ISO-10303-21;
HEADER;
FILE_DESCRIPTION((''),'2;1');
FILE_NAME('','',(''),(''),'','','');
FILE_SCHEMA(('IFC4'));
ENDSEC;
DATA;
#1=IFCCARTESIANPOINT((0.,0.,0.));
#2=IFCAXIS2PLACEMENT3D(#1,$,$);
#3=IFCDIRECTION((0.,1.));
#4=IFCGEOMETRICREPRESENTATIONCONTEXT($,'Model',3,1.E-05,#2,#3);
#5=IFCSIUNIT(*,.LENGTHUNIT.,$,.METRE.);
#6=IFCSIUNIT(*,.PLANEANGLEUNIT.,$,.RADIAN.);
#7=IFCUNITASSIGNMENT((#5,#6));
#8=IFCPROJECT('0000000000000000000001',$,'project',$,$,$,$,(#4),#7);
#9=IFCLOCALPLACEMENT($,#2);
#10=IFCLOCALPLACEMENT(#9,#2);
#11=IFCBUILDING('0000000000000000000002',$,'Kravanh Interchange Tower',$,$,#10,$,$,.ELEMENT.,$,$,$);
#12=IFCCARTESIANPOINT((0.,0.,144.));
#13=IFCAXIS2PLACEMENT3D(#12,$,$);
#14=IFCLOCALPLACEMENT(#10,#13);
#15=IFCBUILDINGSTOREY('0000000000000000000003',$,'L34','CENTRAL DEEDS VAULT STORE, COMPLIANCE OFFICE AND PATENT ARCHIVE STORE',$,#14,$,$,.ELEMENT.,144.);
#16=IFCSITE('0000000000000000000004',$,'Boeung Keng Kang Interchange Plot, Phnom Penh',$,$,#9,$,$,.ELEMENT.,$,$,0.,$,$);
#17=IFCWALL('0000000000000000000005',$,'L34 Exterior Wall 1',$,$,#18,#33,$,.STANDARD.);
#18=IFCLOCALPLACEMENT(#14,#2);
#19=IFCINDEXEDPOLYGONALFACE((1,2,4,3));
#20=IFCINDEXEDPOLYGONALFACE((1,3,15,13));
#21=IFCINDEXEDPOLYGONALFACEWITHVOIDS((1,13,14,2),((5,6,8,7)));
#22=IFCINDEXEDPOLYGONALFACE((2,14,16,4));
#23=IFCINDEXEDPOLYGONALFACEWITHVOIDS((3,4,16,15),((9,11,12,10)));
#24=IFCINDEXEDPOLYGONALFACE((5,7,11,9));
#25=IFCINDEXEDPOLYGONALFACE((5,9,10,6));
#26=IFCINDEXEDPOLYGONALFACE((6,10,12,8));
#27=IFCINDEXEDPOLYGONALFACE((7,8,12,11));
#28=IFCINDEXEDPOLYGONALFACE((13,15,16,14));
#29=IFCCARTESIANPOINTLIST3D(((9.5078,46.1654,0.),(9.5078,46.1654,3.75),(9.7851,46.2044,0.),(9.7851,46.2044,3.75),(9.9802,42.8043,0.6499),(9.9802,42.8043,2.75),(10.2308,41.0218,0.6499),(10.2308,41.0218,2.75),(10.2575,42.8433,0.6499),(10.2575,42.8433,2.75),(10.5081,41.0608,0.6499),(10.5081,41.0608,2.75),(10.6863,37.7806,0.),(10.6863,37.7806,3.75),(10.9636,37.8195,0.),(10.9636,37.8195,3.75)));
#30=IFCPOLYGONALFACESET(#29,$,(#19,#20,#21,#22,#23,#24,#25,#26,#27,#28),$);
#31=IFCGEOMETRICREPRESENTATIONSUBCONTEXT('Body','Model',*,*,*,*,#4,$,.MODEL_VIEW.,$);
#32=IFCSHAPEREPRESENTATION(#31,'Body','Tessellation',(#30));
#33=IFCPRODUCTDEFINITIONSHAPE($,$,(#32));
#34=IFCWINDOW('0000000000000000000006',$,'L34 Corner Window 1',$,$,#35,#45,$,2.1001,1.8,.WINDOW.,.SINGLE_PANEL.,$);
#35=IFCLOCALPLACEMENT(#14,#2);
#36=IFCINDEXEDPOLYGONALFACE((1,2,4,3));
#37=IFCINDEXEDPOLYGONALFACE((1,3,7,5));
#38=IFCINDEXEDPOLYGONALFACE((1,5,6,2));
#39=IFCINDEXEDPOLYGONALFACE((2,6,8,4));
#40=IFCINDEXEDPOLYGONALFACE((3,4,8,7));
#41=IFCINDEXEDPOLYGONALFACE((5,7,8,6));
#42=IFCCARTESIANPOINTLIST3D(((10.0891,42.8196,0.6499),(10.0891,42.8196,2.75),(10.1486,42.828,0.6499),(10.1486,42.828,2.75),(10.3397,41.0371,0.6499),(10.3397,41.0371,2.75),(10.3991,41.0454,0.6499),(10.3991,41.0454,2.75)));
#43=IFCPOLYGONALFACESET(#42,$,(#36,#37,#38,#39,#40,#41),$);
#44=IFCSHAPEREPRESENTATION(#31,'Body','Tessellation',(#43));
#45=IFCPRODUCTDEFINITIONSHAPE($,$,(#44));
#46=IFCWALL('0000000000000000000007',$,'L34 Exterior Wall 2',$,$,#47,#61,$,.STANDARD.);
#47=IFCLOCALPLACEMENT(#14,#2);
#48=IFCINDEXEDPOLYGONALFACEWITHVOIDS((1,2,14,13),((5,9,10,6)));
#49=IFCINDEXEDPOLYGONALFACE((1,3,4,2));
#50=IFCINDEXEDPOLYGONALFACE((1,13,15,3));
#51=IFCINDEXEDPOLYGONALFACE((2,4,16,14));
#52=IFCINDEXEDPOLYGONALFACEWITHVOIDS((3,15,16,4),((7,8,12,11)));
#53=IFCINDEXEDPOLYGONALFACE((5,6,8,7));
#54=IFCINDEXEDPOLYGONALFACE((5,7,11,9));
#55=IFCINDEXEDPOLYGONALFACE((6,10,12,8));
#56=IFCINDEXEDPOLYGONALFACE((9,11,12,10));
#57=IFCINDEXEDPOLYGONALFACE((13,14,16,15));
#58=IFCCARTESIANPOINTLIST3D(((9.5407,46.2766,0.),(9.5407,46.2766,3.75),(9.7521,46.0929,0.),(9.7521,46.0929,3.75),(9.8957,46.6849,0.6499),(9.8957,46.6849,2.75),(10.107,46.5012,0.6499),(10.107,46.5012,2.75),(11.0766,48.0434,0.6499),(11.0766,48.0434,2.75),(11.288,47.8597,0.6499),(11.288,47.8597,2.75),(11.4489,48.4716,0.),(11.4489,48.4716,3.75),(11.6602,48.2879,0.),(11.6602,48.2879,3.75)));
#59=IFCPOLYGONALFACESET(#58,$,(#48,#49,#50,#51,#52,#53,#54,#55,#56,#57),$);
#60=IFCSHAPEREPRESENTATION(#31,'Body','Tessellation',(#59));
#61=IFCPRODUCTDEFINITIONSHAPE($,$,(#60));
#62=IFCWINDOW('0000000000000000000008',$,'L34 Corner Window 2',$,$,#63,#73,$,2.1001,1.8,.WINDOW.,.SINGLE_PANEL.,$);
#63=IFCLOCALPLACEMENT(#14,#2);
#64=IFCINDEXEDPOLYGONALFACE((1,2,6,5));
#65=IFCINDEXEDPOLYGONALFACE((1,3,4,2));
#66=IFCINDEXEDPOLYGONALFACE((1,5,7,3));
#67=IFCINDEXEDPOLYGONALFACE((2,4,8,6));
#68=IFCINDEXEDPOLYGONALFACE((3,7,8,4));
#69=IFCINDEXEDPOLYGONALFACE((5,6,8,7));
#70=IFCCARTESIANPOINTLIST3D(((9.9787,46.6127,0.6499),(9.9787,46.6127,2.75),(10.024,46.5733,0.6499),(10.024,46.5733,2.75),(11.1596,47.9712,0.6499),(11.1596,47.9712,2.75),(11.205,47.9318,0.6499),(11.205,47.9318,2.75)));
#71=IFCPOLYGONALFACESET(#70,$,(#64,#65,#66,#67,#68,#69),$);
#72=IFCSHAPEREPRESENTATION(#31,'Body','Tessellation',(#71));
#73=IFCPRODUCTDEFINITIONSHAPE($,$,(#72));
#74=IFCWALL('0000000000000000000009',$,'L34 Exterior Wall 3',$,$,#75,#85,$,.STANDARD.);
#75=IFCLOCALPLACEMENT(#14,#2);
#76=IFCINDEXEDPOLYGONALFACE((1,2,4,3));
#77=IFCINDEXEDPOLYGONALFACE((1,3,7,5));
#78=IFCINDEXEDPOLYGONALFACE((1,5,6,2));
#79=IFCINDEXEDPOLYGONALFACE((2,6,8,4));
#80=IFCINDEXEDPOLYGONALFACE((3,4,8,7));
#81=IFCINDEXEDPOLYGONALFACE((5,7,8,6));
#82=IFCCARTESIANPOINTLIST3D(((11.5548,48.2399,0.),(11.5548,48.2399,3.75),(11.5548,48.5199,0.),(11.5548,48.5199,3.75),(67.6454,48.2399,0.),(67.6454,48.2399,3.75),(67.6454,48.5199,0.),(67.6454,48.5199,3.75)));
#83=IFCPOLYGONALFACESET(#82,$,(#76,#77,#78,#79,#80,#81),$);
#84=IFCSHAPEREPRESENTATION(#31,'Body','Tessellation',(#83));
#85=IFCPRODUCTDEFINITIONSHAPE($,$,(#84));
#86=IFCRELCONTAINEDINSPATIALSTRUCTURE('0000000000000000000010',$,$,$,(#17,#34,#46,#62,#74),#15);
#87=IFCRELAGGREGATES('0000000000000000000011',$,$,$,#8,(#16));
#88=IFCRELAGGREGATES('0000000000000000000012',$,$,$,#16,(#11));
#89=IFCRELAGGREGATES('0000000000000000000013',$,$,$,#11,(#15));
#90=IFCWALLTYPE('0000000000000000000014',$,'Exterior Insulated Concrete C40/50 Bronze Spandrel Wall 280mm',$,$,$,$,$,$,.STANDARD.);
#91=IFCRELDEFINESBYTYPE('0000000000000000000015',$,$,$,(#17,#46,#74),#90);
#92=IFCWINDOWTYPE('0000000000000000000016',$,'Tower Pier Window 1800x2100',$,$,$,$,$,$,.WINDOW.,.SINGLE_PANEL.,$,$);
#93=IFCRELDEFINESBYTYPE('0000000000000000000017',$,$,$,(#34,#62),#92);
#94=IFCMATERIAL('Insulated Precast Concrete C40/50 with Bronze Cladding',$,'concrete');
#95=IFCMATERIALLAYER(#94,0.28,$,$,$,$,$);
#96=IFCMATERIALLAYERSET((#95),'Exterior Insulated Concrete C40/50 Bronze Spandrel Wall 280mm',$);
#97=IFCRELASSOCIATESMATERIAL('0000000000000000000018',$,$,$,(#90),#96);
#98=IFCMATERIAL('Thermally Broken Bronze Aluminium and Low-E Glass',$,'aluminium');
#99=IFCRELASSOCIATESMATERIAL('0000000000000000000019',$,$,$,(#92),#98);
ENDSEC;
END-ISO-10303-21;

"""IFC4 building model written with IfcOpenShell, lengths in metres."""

from ifc_helpers import new_model, si_unit, direction, frame, frame_2d, origin, place, context, subcontext, project, spatial, rectangle, extrude, material, layer, layer_set, type_object, element, fill, save


model = new_model("IFC4")

# Units and contexts
model_context = context("Model", 3, precision=1e-05, world=origin(), true_north=direction((0.0, 1.0)))
body_context = subcontext(model_context, "Body", "Model", "MODEL_VIEW")
ifc_project = project(units=[si_unit("LENGTHUNIT", "METRE"), si_unit("PLANEANGLEUNIT", "RADIAN")], contexts=[model_context])

# Site, building, storey
site_placement = place(None, origin())
site = spatial("IfcSite", under=ifc_project, at=site_placement, Name="Boeung Keng Kang Interchange Plot, Phnom Penh", CompositionType="ELEMENT", RefElevation=0.0)
building_placement = place(site_placement, origin())
building = spatial("IfcBuilding", under=site, at=building_placement, Name="Kravanh Interchange Tower", CompositionType="ELEMENT")
storey_placement = place(building_placement, frame((0.0, 0.0, 144.0)))
storey = spatial("IfcBuildingStorey", under=building, at=storey_placement, Name="L34", Description="CENTRAL DEEDS VAULT STORE, COMPLIANCE OFFICE AND PATENT ARCHIVE STORE", CompositionType="ELEMENT", Elevation=144.0)

# Walls, openings, windows
ifc_material_1 = material(Name="Insulated Precast Concrete C40/50 with Bronze Cladding", Category="concrete")
ifc_layer_1 = layer(ifc_material_1, 0.28)
ifc_layer_set_1 = layer_set([ifc_layer_1], Name="Exterior Insulated Concrete C40/50 Bronze Spandrel Wall 280mm")
wall_type_1 = type_object("IfcWallType", Name="Exterior Insulated Concrete C40/50 Bronze Spandrel Wall 280mm", PredefinedType="STANDARD", material=ifc_layer_set_1)
wall_1_placement = place(storey_placement, frame((10.825, 37.8, 0.0), z_axis=(0.0, 0.0, 1.0), x_axis=(-0.139181, 0.990267, 0.0)))
wall_1 = element("IfcWall", 1, at=wall_1_placement, inside=storey, type_object=wall_type_1, Name="L34 Exterior Wall 1", PredefinedType="STANDARD", context=body_context, shape_type="SweptSolid", body=[
    extrude(rectangle(XDim=8.4673, YDim=0.28, at=frame_2d((4.2336, 0.0))), origin(), (0.0, 0.0, 1.0), 3.75),
])
opening_1_placement = place(wall_1_placement, frame((3.2732, 0.0, 0.6499)))
opening_1 = element("IfcOpeningElement", 2, at=opening_1_placement, cuts=wall_1, PredefinedType="OPENING", context=body_context, shape_type="SweptSolid", body=[
    extrude(rectangle(XDim=1.8, YDim=2.1001, at=frame_2d((0.8999, 1.05))), frame((0.0, 0.1499, 0.0), z_axis=(0.0, -1.0, 0.0), x_axis=(1.0, 0.0, 0.0)), (0.0, 0.0, 1.0), 0.3),
])
ifc_material_2 = material(Name="Thermally Broken Bronze Aluminium and Low-E Glass", Category="aluminium")
window_type = type_object("IfcWindowType", Name="Tower Pier Window 1800x2100", PartitioningType="SINGLE_PANEL", PredefinedType="WINDOW", material=ifc_material_2)
window_1_placement = place(opening_1_placement, origin())
window_1 = element("IfcWindow", 3, at=window_1_placement, inside=storey, type_object=window_type, Name="L34 Corner Window 1", OverallHeight=2.1001, OverallWidth=1.8, PartitioningType="SINGLE_PANEL", PredefinedType="WINDOW", context=body_context, shape_type="SweptSolid", body=[
    extrude(rectangle(XDim=1.8, YDim=2.1001, at=frame_2d((0.8999, 1.05))), frame((0.0, 0.03, 0.0), z_axis=(0.0, -1.0, 0.0), x_axis=(1.0, 0.0, 0.0)), (0.0, 0.0, 1.0), 0.0601),
])
fill(opening_1, window_1)
wall_2_placement = place(storey_placement, frame((9.6465, 46.1848, 0.0), z_axis=(0.0, 0.0, 1.0), x_axis=(0.656071, 0.754699, 0.0)))
wall_2 = element("IfcWall", 4, at=wall_2_placement, inside=storey, type_object=wall_type_1, Name="L34 Exterior Wall 2", PredefinedType="STANDARD", context=body_context, shape_type="SweptSolid", body=[
    extrude(rectangle(XDim=2.9084, YDim=0.28, at=frame_2d((1.4541, 0.0))), origin(), (0.0, 0.0, 1.0), 3.75),
])
opening_2_placement = place(wall_2_placement, frame((0.541, 0.0, 0.6499)))
opening_2 = element("IfcOpeningElement", 5, at=opening_2_placement, cuts=wall_2, PredefinedType="OPENING", context=body_context, shape_type="SweptSolid", body=[
    extrude(rectangle(XDim=1.8, YDim=2.1001, at=frame_2d((0.8999, 1.05))), frame((0.0, 0.1499, 0.0), z_axis=(0.0, -1.0, 0.0), x_axis=(1.0, 0.0, 0.0)), (0.0, 0.0, 1.0), 0.3),
])
window_2_placement = place(opening_2_placement, origin())
window_2 = element("IfcWindow", 6, at=window_2_placement, inside=storey, type_object=window_type, Name="L34 Corner Window 2", OverallHeight=2.1001, OverallWidth=1.8, PartitioningType="SINGLE_PANEL", PredefinedType="WINDOW", context=body_context, shape_type="SweptSolid", body=[
    extrude(rectangle(XDim=1.8, YDim=2.1001, at=frame_2d((0.8999, 1.05))), frame((0.0, 0.03, 0.0), z_axis=(0.0, -1.0, 0.0), x_axis=(1.0, 0.0, 0.0)), (0.0, 0.0, 1.0), 0.0601),
])
fill(opening_2, window_2)

# Wall
wall_3_placement = place(storey_placement, frame((11.5547, 48.3799, 0.0), z_axis=(0.0, 0.0, 1.0), x_axis=(1.0, 0.0, 0.0)))
element("IfcWall", 7, at=wall_3_placement, inside=storey, type_object=wall_type_1, Name="L34 Exterior Wall 3", PredefinedType="STANDARD", context=body_context, shape_type="SweptSolid", body=[
    extrude(rectangle(XDim=56.0906, YDim=0.28, at=frame_2d((28.0454, 0.0))), origin(), (0.0, 0.0, 1.0), 3.75),
])

save(model, "model.ifc")
